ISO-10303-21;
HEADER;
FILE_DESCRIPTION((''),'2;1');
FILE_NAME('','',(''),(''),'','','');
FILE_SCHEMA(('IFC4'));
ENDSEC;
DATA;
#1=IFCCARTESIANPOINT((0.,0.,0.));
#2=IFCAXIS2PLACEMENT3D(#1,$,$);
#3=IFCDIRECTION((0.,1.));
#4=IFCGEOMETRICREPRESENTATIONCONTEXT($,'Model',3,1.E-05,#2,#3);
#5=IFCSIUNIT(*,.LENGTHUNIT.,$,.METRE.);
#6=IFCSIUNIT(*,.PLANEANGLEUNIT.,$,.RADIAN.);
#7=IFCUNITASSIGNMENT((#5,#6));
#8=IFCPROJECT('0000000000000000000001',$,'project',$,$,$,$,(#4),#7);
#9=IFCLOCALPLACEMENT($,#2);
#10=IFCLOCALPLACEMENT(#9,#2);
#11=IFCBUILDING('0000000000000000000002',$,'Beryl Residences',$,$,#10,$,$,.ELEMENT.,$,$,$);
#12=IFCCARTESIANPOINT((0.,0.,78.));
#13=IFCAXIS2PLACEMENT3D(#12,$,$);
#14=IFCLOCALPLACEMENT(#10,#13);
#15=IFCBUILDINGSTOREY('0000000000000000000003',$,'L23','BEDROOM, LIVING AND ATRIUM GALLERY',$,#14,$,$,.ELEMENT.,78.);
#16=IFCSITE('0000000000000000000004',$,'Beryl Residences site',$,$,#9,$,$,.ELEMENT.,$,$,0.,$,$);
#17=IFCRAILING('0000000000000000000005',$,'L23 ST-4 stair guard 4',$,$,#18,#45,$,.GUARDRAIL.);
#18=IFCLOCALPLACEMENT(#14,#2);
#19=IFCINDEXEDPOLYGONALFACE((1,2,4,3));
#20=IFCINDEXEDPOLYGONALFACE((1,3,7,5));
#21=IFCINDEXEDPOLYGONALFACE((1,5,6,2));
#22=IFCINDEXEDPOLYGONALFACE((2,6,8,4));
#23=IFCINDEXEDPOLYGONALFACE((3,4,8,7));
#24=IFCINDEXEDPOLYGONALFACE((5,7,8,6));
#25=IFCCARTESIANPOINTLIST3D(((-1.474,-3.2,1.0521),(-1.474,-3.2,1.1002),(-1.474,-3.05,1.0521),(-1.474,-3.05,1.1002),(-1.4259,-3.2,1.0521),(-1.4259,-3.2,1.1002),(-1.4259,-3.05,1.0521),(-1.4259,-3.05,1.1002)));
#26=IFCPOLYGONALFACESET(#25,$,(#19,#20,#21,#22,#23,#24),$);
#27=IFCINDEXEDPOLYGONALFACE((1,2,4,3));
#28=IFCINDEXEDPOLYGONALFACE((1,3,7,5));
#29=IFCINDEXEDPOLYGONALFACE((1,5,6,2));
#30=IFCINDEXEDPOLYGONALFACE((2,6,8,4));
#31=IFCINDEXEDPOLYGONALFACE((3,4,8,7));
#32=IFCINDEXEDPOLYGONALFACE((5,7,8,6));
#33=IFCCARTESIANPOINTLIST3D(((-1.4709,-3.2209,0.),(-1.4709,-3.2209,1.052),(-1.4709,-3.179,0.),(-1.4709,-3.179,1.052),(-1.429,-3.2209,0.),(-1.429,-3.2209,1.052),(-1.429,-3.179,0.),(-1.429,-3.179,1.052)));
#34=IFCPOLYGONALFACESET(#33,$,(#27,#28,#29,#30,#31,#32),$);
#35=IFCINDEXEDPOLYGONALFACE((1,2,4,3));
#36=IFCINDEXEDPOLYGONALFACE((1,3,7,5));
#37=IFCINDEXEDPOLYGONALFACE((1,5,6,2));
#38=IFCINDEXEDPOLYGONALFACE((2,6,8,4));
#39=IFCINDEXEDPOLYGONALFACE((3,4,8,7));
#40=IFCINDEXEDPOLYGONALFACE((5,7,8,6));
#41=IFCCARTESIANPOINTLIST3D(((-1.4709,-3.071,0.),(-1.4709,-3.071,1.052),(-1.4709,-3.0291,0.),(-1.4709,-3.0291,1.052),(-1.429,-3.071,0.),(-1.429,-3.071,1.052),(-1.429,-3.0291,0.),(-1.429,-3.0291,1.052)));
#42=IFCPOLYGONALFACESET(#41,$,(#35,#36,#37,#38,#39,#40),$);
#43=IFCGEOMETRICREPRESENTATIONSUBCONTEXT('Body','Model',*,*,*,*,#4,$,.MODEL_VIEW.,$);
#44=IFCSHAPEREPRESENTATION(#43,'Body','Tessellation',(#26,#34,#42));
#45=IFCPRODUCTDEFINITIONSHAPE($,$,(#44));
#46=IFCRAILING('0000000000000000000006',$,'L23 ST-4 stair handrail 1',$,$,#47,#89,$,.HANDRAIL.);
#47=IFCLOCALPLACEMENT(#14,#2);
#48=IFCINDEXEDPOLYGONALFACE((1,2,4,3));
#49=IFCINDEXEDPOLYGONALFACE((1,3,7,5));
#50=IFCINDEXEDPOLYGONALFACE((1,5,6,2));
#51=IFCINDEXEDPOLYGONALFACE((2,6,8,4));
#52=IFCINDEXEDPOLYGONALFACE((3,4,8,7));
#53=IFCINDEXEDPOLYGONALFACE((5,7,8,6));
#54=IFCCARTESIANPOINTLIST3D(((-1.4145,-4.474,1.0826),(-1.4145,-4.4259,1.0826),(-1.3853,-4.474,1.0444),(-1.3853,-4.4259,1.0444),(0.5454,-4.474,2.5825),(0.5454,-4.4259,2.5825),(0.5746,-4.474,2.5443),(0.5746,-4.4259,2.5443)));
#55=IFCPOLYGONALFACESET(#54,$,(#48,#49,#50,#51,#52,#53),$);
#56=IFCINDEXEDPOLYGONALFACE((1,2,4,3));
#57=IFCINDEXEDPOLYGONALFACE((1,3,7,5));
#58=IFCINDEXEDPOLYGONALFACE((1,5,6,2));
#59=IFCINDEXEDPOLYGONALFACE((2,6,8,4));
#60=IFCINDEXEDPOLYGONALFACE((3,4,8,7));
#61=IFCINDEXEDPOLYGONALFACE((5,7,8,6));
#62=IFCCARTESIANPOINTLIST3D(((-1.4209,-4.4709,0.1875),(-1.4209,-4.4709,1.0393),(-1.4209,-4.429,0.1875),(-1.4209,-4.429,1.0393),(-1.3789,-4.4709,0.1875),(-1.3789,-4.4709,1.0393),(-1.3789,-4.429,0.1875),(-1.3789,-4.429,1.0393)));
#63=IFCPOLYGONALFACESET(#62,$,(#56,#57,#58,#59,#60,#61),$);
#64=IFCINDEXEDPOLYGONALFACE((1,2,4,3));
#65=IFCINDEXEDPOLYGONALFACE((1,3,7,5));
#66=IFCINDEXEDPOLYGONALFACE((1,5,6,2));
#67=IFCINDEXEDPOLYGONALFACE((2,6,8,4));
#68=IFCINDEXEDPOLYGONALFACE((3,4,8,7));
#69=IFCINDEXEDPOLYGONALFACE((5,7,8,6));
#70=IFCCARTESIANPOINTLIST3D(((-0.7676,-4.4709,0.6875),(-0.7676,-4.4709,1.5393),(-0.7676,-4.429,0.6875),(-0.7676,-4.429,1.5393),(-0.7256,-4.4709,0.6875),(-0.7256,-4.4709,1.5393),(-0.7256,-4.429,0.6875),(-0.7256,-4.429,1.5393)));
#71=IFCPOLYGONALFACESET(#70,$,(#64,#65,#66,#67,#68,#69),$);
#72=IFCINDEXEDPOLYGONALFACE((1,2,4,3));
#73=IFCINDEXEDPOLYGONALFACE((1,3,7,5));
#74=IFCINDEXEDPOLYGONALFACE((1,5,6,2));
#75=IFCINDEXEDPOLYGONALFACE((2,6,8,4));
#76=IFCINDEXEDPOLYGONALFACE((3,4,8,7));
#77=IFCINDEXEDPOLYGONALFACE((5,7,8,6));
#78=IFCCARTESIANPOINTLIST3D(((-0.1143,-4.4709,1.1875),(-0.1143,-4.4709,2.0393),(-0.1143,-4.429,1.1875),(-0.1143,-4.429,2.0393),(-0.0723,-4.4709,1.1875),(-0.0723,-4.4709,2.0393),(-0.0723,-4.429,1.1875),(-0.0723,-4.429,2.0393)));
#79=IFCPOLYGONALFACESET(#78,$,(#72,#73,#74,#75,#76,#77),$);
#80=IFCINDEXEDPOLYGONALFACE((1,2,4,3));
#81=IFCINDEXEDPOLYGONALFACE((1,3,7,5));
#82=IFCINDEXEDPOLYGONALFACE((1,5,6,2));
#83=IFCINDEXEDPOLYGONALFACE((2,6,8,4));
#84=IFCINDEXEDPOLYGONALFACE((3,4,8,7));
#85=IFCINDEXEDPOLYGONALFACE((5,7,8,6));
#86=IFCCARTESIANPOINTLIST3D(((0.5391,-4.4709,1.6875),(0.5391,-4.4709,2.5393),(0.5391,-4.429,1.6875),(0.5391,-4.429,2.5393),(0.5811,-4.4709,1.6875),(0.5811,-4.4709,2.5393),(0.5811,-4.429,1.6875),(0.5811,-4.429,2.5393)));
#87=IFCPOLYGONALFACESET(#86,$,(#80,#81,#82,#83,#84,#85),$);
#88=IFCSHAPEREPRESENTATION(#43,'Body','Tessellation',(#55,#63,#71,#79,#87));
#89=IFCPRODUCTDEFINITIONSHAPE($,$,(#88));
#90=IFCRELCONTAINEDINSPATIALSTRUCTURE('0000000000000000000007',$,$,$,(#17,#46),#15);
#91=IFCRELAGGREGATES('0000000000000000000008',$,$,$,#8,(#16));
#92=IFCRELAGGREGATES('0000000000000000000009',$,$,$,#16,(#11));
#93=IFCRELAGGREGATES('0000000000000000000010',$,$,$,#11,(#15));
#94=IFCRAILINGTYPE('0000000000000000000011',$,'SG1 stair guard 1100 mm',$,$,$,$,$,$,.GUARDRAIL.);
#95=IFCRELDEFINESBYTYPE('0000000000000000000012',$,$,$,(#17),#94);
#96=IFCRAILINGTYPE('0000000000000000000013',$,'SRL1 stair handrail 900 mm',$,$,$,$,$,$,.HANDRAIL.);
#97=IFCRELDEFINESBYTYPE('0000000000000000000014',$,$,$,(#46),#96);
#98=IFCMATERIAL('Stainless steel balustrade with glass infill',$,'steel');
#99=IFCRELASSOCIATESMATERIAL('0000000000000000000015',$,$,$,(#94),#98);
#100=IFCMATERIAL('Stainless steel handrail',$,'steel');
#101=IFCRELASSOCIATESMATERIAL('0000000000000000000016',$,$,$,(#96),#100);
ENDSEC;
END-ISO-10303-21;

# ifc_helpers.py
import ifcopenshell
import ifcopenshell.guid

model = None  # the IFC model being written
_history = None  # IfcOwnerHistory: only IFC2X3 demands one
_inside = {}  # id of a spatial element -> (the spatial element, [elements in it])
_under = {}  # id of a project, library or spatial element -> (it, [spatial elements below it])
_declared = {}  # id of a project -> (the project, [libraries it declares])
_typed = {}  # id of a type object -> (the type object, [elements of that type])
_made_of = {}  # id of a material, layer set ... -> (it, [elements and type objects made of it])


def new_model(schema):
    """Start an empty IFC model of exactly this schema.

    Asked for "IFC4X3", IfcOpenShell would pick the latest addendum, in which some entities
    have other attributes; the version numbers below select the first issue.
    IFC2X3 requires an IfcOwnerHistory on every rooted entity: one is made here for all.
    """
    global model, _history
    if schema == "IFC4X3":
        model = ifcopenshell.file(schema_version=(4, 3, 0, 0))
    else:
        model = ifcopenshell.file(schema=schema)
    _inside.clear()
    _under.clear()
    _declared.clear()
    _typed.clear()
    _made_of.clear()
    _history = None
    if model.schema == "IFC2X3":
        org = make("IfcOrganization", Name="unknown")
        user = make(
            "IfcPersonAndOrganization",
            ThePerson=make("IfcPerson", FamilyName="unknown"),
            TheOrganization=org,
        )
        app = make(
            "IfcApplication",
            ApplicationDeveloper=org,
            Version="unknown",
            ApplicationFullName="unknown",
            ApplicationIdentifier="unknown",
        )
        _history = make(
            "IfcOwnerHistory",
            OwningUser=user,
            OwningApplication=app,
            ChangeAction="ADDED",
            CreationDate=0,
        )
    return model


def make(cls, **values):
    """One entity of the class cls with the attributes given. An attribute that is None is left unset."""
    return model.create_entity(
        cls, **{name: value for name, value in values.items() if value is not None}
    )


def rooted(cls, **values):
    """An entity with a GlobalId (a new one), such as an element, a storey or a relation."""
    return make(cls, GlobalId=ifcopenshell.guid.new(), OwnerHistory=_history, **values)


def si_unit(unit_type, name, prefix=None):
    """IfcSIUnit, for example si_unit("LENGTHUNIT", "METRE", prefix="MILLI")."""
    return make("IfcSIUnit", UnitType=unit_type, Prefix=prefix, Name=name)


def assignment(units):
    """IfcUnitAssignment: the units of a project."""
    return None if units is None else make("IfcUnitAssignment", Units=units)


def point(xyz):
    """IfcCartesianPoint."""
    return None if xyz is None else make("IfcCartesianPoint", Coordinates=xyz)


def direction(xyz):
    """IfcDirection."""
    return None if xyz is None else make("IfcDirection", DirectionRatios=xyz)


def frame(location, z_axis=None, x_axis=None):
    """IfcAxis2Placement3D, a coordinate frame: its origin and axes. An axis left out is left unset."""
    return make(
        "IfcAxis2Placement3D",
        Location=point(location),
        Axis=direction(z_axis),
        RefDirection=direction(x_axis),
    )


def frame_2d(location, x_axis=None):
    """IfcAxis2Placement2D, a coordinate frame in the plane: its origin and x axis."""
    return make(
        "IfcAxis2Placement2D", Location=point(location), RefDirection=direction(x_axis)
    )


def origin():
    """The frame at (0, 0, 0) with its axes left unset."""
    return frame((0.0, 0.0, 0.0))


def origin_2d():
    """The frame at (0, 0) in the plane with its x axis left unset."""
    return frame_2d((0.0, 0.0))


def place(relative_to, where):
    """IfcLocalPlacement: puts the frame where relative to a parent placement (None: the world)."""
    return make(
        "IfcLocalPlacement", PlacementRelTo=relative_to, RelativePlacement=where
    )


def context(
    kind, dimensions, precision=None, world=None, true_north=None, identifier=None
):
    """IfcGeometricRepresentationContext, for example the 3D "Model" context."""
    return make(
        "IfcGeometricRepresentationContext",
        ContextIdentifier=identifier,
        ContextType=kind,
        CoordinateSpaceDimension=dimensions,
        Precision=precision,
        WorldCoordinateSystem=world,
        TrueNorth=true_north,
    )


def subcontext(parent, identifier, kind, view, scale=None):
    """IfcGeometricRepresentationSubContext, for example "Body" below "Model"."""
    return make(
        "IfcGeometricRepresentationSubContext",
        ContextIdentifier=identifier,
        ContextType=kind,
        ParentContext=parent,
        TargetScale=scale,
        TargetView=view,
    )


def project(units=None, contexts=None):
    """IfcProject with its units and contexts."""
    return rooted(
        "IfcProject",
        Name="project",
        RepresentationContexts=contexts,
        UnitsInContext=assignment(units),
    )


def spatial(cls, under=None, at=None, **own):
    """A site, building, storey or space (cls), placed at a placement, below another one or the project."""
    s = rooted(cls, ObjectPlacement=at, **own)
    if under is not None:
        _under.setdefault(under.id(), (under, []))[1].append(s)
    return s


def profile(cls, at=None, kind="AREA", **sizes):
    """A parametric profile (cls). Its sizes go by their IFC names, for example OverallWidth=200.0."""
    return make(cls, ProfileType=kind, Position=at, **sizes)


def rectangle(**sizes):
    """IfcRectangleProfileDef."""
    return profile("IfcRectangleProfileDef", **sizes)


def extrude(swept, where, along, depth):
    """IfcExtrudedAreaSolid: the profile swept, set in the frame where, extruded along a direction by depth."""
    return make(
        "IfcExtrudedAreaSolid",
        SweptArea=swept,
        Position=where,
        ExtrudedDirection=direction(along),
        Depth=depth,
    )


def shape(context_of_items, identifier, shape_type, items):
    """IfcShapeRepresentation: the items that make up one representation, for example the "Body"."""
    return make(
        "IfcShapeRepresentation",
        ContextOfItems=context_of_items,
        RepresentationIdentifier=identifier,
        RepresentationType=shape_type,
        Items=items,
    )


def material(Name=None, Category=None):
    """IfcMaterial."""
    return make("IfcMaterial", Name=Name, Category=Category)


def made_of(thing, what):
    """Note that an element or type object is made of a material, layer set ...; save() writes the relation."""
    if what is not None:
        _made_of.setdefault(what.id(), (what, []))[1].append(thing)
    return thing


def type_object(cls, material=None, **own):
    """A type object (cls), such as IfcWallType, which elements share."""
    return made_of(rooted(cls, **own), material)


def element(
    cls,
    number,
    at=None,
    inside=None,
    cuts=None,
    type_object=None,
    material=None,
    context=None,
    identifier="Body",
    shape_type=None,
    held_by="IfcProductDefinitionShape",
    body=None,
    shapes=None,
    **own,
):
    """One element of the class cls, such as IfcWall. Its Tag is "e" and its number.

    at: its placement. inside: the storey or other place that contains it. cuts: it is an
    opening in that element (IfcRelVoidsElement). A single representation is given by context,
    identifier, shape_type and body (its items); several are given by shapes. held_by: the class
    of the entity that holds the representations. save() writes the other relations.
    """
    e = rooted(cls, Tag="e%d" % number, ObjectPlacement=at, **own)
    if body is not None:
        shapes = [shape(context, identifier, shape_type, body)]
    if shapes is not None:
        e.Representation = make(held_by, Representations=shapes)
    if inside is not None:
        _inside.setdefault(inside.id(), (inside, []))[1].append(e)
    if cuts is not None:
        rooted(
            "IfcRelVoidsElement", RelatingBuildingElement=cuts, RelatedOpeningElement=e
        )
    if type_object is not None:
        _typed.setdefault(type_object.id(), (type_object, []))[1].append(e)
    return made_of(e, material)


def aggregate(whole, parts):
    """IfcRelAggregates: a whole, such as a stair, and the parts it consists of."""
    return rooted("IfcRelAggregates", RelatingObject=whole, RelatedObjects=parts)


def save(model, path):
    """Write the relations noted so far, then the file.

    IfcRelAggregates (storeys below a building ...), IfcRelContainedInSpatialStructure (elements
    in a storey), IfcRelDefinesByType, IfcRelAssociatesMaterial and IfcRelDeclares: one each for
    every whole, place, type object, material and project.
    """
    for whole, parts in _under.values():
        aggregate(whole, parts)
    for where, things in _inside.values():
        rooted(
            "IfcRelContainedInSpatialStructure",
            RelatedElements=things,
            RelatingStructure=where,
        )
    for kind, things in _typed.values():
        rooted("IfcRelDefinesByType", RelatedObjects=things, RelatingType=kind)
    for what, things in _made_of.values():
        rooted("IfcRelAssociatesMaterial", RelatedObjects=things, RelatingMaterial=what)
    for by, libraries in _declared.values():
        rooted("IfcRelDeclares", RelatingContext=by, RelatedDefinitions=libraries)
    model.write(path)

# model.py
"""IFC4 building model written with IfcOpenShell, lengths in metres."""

from ifc_helpers import new_model, si_unit, direction, frame, origin, origin_2d, place, context, subcontext, project, spatial, rectangle, extrude, material, type_object, element, save


model = new_model("IFC4")

# Units and contexts
model_context = context("Model", 3, precision=1e-05, world=origin(), true_north=direction((0.0, 1.0)))
body_context = subcontext(model_context, "Body", "Model", "MODEL_VIEW")
ifc_project = project(units=[si_unit("LENGTHUNIT", "METRE"), si_unit("PLANEANGLEUNIT", "RADIAN")], contexts=[model_context])

# Site, building, storey
site_placement = place(None, origin())
site = spatial("IfcSite", under=ifc_project, at=site_placement, Name="Beryl Residences site", CompositionType="ELEMENT", RefElevation=0.0)
building_placement = place(site_placement, origin())
building = spatial("IfcBuilding", under=site, at=building_placement, Name="Beryl Residences", CompositionType="ELEMENT")
storey_placement = place(building_placement, frame((0.0, 0.0, 78.0)))
storey = spatial("IfcBuildingStorey", under=building, at=storey_placement, Name="L23", Description="BEDROOM, LIVING AND ATRIUM GALLERY", CompositionType="ELEMENT", Elevation=78.0)

# Railings
ifc_material_1 = material(Name="Stainless steel balustrade with glass infill", Category="steel")
railing_type_1 = type_object("IfcRailingType", Name="SG1 stair guard 1100 mm", PredefinedType="GUARDRAIL", material=ifc_material_1)
railing_1_placement = place(storey_placement, frame((-1.45, -3.2, 0.0)))
element("IfcRailing", 1, at=railing_1_placement, inside=storey, type_object=railing_type_1, Name="L23 ST-4 stair guard 4", PredefinedType="GUARDRAIL", context=body_context, shape_type="SweptSolid", body=[
    extrude(rectangle(XDim=0.0481, YDim=0.0481, at=origin_2d()), frame((0.0, 0.0, 1.0762), z_axis=(0.0, 1.0, 0.0), x_axis=(-1.0, 0.0, 0.0)), (0.0, 0.0, 1.0), 0.1499),
    extrude(rectangle(XDim=0.042, YDim=0.042, at=origin_2d()), origin(), (0.0, 0.0, 1.0), 1.052),
    extrude(rectangle(XDim=0.042, YDim=0.042, at=origin_2d()), frame((0.0, 0.1499, 0.0)), (0.0, 0.0, 1.0), 1.052),
])
ifc_material_2 = material(Name="Stainless steel handrail", Category="steel")
railing_type_2 = type_object("IfcRailingType", Name="SRL1 stair handrail 900 mm", PredefinedType="HANDRAIL", material=ifc_material_2)
railing_2_placement = place(storey_placement, frame((-1.3999, -4.45, 0.1875)))
element("IfcRailing", 2, at=railing_2_placement, inside=storey, type_object=railing_type_2, Name="L23 ST-4 stair handrail 1", PredefinedType="HANDRAIL", context=body_context, shape_type="SweptSolid", body=[
    extrude(rectangle(XDim=0.0481, YDim=0.0481, at=origin_2d()), frame((0.0, 0.0, 0.876), z_axis=(0.794122, 0.0, 0.607758), x_axis=(0.0, 1.0, 0.0)), (0.0, 0.0, 1.0), 2.468),
    extrude(rectangle(XDim=0.042, YDim=0.042, at=origin_2d()), origin(), (0.0, 0.0, 1.0), 0.8518),
    extrude(rectangle(XDim=0.042, YDim=0.042, at=origin_2d()), frame((0.6533, 0.0, 0.5)), (0.0, 0.0, 1.0), 0.8518),
    extrude(rectangle(XDim=0.042, YDim=0.042, at=origin_2d()), frame((1.3066, 0.0, 1.0)), (0.0, 0.0, 1.0), 0.8518),
    extrude(rectangle(XDim=0.042, YDim=0.042, at=origin_2d()), frame((1.96, 0.0, 1.5)), (0.0, 0.0, 1.0), 0.8518),
])

save(model, "model.ifc")
